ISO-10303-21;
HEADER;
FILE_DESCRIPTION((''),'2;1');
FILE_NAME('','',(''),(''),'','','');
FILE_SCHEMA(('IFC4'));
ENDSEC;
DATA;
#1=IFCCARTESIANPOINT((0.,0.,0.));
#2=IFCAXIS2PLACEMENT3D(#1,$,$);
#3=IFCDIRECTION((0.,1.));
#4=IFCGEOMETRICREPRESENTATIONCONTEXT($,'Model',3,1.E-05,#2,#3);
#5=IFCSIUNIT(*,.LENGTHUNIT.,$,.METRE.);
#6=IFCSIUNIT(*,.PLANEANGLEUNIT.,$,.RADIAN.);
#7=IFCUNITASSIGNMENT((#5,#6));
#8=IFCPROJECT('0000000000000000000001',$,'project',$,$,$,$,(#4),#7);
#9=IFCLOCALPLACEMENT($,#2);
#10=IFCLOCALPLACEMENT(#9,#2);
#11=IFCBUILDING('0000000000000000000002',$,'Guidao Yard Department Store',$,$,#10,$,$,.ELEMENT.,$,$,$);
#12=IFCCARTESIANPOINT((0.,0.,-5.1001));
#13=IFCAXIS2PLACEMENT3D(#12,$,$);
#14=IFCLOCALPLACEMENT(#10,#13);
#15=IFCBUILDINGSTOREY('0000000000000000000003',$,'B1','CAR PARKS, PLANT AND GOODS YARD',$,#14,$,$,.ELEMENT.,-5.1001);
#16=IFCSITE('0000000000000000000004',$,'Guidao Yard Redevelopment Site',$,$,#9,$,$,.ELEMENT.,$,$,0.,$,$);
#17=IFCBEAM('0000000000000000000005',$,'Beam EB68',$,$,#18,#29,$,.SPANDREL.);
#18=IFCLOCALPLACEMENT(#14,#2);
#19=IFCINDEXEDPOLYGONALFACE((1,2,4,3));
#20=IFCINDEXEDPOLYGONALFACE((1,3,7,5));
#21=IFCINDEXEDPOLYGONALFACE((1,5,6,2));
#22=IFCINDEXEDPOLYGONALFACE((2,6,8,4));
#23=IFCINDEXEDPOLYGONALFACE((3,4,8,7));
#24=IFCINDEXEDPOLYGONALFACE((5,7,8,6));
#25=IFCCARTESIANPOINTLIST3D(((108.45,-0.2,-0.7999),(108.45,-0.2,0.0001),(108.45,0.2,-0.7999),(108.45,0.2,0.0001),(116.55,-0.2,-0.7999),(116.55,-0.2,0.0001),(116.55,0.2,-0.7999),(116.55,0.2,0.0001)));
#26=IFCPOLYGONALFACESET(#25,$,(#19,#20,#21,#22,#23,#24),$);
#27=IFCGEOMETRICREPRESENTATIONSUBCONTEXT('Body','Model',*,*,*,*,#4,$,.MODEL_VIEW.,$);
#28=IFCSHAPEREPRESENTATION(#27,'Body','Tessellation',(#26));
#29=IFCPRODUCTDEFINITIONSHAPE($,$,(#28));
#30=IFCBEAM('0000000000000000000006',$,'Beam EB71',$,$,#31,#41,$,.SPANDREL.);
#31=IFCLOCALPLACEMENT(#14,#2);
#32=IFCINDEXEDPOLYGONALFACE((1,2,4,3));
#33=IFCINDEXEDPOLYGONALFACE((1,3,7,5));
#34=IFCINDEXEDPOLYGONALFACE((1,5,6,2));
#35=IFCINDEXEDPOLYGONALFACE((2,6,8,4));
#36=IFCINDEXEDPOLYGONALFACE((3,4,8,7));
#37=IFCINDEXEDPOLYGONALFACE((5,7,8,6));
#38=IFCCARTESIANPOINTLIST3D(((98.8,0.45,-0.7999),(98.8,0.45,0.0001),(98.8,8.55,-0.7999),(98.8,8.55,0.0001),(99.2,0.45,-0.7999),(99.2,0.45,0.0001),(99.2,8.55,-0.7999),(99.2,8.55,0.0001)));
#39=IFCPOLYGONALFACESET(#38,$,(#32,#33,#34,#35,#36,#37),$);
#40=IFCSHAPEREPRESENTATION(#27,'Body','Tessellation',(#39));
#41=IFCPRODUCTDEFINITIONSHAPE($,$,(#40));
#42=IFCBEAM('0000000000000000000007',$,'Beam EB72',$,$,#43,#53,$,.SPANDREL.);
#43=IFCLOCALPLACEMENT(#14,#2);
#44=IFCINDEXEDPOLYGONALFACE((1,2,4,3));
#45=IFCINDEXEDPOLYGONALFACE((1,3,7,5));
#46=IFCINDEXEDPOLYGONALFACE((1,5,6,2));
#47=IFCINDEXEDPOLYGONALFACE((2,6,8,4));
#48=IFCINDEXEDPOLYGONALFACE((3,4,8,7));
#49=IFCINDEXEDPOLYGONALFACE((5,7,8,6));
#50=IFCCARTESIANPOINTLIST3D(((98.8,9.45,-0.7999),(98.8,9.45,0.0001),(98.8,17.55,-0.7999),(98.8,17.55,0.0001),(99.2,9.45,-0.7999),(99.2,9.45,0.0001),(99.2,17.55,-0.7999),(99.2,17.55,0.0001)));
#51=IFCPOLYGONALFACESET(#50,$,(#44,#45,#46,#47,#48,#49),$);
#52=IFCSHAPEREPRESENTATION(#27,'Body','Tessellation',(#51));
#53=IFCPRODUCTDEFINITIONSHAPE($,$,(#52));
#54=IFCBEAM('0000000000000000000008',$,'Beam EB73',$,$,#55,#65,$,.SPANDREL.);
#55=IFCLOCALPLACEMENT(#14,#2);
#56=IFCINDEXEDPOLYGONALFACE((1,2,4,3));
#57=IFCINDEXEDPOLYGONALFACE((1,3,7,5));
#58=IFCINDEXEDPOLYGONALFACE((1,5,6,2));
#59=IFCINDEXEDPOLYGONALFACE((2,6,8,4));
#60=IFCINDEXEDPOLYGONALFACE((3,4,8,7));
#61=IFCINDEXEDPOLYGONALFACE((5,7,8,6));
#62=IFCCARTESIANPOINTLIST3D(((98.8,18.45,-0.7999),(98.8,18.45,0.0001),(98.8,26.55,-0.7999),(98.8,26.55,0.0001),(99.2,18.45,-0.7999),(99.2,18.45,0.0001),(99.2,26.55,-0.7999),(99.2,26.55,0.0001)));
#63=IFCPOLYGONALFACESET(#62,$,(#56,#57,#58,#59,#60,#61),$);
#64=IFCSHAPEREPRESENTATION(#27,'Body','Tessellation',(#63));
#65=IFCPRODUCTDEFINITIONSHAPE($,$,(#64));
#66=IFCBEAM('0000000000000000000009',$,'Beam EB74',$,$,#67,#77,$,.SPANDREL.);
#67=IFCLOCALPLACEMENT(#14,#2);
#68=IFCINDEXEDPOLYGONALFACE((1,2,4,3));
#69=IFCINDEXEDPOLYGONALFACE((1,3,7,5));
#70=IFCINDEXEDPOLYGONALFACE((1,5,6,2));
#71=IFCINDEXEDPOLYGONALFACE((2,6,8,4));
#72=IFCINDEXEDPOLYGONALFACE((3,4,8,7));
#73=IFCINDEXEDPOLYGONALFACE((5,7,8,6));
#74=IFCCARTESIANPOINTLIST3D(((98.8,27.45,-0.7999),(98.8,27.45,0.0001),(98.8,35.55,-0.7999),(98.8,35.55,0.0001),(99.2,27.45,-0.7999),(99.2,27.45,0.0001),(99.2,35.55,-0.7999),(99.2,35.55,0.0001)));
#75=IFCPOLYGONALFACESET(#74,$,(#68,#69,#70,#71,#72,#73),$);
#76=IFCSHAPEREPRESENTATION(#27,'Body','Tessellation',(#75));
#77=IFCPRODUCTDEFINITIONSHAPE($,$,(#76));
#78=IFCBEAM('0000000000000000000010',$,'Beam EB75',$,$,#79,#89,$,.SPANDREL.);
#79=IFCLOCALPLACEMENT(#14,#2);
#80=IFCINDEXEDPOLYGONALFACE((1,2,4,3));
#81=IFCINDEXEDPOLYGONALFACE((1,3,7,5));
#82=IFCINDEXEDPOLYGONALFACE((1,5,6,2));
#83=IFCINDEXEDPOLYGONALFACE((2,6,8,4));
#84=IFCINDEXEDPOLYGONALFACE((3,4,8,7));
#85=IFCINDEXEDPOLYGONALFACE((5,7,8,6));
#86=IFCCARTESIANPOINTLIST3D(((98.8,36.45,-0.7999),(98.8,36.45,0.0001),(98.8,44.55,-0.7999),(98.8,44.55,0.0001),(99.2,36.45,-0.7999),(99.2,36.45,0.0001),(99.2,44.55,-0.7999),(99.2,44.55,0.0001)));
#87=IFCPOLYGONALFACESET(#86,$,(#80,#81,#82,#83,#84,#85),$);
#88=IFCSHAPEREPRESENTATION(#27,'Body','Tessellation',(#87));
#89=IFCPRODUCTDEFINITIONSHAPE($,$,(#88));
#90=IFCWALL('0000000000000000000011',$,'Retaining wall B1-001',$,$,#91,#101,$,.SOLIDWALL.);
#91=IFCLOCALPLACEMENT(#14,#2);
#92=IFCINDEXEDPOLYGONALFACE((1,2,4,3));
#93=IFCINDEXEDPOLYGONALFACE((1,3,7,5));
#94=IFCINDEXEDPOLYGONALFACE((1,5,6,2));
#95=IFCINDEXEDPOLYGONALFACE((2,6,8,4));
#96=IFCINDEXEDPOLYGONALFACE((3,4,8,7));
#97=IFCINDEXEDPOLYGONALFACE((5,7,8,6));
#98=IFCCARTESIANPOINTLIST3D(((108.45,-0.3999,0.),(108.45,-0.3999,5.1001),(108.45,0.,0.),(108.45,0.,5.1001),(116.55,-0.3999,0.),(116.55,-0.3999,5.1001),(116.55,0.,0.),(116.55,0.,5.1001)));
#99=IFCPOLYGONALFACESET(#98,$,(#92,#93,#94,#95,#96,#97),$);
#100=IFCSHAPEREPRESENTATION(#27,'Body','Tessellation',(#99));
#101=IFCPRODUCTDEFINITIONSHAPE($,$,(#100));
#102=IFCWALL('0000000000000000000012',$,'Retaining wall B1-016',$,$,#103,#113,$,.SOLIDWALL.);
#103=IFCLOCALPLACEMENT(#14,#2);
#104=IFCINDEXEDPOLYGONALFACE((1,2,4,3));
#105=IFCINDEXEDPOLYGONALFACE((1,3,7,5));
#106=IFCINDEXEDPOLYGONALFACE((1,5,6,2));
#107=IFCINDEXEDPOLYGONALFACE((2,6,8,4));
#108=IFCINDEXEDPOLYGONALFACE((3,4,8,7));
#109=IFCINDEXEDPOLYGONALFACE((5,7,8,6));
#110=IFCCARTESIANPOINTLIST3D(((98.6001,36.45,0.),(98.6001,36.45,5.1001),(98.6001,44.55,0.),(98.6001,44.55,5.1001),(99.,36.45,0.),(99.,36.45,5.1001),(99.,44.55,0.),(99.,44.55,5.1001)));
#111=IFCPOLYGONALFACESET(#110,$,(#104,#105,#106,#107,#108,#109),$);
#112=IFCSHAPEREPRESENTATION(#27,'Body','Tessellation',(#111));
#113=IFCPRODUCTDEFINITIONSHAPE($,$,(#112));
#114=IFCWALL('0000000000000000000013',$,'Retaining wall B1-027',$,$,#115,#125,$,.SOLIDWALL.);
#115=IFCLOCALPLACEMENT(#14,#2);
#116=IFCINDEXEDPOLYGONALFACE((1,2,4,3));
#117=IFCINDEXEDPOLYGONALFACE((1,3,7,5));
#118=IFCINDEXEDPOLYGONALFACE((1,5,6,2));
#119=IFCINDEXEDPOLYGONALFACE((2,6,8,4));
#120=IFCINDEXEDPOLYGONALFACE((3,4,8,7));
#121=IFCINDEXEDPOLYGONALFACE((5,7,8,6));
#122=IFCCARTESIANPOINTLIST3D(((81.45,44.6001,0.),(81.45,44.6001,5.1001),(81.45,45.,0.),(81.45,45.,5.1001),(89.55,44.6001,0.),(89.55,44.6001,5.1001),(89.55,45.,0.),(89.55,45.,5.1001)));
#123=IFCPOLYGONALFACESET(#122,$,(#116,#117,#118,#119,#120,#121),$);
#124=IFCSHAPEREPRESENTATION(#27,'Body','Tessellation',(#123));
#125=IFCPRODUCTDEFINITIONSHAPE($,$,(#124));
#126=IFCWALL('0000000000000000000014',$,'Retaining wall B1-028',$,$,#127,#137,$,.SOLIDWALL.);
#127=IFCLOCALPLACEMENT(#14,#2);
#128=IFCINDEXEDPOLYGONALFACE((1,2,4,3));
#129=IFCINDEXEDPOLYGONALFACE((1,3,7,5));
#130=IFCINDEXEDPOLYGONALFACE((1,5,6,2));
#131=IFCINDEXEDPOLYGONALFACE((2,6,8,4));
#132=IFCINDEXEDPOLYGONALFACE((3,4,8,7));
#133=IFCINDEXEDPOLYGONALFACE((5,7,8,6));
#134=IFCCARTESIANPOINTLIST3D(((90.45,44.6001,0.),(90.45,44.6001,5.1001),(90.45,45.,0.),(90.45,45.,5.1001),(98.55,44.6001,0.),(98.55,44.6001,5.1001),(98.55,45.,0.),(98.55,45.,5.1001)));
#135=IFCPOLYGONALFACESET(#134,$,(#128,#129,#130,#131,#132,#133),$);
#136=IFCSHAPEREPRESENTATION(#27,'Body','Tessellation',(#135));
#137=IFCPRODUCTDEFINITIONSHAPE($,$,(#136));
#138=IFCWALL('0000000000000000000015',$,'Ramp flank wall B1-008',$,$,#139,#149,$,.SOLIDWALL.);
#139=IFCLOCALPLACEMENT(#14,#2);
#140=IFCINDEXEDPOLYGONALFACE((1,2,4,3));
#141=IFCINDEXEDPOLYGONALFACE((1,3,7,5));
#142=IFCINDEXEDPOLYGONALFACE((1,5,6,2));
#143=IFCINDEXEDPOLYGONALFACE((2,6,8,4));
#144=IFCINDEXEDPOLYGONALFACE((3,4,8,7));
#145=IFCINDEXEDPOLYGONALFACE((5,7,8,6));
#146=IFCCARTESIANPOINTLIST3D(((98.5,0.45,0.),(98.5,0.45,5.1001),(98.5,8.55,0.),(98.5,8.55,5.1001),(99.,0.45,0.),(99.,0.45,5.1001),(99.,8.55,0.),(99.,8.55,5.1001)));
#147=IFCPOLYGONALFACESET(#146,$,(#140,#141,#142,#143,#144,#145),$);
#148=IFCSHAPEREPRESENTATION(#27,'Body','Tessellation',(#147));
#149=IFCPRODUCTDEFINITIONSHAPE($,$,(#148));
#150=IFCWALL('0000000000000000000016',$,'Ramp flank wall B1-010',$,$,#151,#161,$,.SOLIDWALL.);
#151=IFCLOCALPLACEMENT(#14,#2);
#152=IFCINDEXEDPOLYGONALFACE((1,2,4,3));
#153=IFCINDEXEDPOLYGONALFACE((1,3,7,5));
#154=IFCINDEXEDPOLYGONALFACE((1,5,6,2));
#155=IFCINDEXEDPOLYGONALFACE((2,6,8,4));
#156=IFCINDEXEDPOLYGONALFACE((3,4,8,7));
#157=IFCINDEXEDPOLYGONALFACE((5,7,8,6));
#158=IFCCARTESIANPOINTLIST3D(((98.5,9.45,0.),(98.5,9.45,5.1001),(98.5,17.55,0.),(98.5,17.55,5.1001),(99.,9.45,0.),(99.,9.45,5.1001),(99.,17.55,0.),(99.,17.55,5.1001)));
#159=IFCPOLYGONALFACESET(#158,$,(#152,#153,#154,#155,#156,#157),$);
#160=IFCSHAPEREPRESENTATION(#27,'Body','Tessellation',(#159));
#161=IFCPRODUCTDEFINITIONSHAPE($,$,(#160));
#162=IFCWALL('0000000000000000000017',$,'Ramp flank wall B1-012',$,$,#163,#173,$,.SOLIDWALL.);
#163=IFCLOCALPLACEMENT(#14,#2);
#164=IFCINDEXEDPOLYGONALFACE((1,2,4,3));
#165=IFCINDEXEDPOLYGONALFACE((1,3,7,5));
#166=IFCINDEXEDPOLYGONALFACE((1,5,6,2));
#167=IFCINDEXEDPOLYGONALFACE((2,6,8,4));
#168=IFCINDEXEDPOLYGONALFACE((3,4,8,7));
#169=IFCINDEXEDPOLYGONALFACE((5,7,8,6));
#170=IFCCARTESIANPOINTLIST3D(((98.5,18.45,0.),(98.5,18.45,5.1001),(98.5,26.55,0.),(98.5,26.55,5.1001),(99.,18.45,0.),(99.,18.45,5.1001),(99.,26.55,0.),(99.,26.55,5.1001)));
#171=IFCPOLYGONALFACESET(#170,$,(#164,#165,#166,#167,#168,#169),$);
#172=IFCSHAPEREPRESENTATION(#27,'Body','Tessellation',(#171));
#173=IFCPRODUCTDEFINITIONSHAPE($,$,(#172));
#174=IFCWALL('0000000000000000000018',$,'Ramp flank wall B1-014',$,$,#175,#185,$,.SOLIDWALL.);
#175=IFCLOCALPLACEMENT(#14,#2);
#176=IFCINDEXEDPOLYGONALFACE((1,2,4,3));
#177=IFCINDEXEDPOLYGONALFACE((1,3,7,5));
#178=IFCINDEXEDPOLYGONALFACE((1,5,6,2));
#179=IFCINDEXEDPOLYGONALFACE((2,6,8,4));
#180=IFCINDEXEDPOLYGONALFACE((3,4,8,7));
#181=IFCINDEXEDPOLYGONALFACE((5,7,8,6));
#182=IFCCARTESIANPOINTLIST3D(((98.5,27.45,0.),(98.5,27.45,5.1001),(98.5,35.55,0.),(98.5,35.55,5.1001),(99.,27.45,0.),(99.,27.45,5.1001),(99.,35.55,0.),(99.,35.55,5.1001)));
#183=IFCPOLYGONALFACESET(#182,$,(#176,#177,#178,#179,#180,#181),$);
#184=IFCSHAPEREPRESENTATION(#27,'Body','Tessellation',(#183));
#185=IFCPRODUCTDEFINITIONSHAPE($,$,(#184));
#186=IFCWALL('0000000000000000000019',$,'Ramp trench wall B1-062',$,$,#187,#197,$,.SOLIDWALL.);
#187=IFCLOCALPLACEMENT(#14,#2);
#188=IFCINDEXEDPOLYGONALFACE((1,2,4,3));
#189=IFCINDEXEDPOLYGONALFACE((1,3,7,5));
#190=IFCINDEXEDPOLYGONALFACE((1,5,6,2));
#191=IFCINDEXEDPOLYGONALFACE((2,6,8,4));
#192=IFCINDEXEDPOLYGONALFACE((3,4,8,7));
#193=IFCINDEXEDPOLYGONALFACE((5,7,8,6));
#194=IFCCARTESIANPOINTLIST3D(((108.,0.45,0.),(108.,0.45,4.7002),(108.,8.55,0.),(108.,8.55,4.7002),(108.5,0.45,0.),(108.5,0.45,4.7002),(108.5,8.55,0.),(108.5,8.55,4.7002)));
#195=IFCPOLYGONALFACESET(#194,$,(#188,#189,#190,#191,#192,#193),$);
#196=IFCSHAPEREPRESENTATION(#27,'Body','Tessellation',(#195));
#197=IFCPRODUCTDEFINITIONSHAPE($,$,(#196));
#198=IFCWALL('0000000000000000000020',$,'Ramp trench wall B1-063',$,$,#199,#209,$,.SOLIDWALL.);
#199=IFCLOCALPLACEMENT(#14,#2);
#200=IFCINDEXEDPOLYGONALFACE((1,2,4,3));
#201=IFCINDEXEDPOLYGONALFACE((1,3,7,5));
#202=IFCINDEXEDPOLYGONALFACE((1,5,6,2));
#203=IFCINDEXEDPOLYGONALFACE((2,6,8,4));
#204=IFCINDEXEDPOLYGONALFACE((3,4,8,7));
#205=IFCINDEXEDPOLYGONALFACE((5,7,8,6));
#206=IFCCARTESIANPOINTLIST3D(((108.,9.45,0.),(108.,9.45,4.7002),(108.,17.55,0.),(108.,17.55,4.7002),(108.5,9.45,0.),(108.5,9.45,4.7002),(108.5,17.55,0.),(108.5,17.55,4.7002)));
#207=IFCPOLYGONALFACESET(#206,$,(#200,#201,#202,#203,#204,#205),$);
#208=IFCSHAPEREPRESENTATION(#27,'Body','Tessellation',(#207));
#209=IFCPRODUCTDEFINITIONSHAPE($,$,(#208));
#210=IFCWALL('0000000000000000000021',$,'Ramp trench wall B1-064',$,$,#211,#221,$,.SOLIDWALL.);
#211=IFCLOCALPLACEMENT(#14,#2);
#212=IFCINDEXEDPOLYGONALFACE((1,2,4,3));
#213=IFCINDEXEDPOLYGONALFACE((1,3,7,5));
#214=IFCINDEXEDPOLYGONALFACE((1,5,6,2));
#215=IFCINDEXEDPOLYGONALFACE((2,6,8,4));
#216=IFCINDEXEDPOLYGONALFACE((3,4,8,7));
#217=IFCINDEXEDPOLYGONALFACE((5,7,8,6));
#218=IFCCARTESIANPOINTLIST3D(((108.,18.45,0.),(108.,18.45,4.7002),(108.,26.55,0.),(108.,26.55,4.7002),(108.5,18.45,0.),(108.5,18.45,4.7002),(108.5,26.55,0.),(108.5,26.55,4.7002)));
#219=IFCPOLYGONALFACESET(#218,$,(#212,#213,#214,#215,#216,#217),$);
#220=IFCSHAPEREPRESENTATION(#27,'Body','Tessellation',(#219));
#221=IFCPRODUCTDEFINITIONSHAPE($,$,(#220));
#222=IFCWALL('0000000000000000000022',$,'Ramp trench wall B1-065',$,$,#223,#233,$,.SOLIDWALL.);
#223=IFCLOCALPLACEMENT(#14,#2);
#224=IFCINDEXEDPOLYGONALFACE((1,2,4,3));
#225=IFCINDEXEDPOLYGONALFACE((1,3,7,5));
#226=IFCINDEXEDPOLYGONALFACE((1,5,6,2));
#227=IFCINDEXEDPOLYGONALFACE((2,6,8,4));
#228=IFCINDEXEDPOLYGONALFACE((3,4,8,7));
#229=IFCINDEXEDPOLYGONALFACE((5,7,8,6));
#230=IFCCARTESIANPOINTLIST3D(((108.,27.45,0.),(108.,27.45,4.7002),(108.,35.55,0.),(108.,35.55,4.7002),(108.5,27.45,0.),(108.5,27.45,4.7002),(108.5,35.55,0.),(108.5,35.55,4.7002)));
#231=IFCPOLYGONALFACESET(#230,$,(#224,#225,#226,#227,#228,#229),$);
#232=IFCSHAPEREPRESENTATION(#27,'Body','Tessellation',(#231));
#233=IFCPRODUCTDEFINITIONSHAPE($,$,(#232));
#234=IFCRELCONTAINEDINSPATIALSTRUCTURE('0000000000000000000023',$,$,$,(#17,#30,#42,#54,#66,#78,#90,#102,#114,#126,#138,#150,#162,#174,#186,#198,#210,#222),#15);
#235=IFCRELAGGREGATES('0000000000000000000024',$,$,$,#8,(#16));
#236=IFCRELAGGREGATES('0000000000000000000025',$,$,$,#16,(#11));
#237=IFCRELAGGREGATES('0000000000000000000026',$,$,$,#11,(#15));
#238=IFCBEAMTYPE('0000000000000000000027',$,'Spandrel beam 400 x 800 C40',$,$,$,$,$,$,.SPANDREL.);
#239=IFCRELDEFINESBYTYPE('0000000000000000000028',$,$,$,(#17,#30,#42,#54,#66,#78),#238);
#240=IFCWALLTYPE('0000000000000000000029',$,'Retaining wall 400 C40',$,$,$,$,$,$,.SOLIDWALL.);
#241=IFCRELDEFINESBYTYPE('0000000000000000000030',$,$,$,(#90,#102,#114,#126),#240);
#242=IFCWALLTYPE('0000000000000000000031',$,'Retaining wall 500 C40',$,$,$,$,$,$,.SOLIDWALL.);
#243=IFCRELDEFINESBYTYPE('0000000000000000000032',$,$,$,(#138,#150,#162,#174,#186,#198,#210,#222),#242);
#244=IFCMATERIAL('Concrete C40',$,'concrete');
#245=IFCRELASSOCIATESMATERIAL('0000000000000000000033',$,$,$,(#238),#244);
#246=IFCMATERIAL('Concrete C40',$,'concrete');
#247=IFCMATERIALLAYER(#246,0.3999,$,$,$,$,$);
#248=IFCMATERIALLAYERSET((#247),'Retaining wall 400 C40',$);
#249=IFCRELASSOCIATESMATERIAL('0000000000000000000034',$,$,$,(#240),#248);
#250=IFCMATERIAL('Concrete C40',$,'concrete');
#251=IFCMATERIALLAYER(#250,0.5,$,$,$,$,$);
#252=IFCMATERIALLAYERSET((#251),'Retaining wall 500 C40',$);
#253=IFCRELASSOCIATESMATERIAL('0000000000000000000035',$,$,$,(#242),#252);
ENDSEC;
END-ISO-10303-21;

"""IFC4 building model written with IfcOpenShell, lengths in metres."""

from ifc_helpers import new_model, si_unit, direction, frame, frame_2d, origin, origin_2d, place, context, subcontext, project, spatial, rectangle, extrude, material, layer, layer_set, material_profile, profile_set, type_object, element, save


model = new_model("IFC4")

# Units and contexts
model_context = context("Model", 3, precision=1e-05, world=origin(), true_north=direction((0.0, 1.0)))
body_context = subcontext(model_context, "Body", "Model", "MODEL_VIEW")
ifc_project = project(units=[si_unit("LENGTHUNIT", "METRE"), si_unit("PLANEANGLEUNIT", "RADIAN")], contexts=[model_context])

# Site, building, storey
site_placement = place(None, origin())
site = spatial("IfcSite", under=ifc_project, at=site_placement, Name="Guidao Yard Redevelopment Site", CompositionType="ELEMENT", RefElevation=0.0)
building_placement = place(site_placement, origin())
building = spatial("IfcBuilding", under=site, at=building_placement, Name="Guidao Yard Department Store", CompositionType="ELEMENT")
storey_placement = place(building_placement, frame((0.0, 0.0, -5.1001)))
storey = spatial("IfcBuildingStorey", under=building, at=storey_placement, Name="B1", Description="CAR PARKS, PLANT AND GOODS YARD", CompositionType="ELEMENT", Elevation=-5.1001)

# Beams
ifc_material_1 = material(Name="Concrete C40", Category="concrete")
ifc_material_profile_1 = material_profile(ifc_material_1, rectangle(XDim=0.3999, YDim=0.8, at=origin_2d()), Name="Spandrel beam 400 x 800 C40")
ifc_profile_set_1 = profile_set([ifc_material_profile_1], Name="Concrete C40")
beam_type = type_object("IfcBeamType", Name="Spandrel beam 400 x 800 C40", PredefinedType="SPANDREL", material=ifc_profile_set_1)
for number, where, z_axis, x_axis, name in (
    (1, (108.45, 0.0, -0.3999), (1.0, 0.0, 0.0), (0.0, 1.0, 0.0), "Beam EB68"),
    (2, (99.0, 0.45, -0.3999), (0.0, 1.0, 0.0), (-1.0, 0.0, 0.0), "Beam EB71"),
    (3, (99.0, 9.45, -0.3999), (0.0, 1.0, 0.0), (-1.0, 0.0, 0.0), "Beam EB72"),
    (4, (99.0, 18.45, -0.3999), (0.0, 1.0, 0.0), (-1.0, 0.0, 0.0), "Beam EB73"),
    (5, (99.0, 27.45, -0.3999), (0.0, 1.0, 0.0), (-1.0, 0.0, 0.0), "Beam EB74"),
    (6, (99.0, 36.45, -0.3999), (0.0, 1.0, 0.0), (-1.0, 0.0, 0.0), "Beam EB75"),
):
    element("IfcBeam", number, at=place(storey_placement, frame(where, z_axis=z_axis, x_axis=x_axis)), inside=storey, type_object=beam_type, Name=name, PredefinedType="SPANDREL", context=body_context, shape_type="SweptSolid", body=[
        extrude(rectangle(XDim=0.3999, YDim=0.8, at=origin_2d()), origin(), (0.0, 0.0, 1.0), 8.1001),
    ])

# Walls
ifc_material_2 = material(Name="Concrete C40", Category="concrete")
ifc_layer_1 = layer(ifc_material_2, 0.3999)
ifc_layer_set_1 = layer_set([ifc_layer_1], Name="Retaining wall 400 C40")
wall_type_1 = type_object("IfcWallType", Name="Retaining wall 400 C40", PredefinedType="SOLIDWALL", material=ifc_layer_set_1)
for number, where, z_axis, x_axis, name in (
    (7, (108.45, -0.2, 0.0), (0.0, 0.0, 1.0), (1.0, 0.0, 0.0), "Retaining wall B1-001"),
    (8, (98.8, 36.45, 0.0), (0.0, 0.0, 1.0), (0.0, 1.0, 0.0), "Retaining wall B1-016"),
    (9, (81.45, 44.8, 0.0), (0.0, 0.0, 1.0), (1.0, 0.0, 0.0), "Retaining wall B1-027"),
    (10, (90.45, 44.8, 0.0), (0.0, 0.0, 1.0), (1.0, 0.0, 0.0), "Retaining wall B1-028"),
):
    element("IfcWall", number, at=place(storey_placement, frame(where, z_axis=z_axis, x_axis=x_axis)), inside=storey, type_object=wall_type_1, Name=name, PredefinedType="SOLIDWALL", context=body_context, shape_type="SweptSolid", body=[
        extrude(rectangle(XDim=8.1001, YDim=0.3999, at=frame_2d((4.05, 0.0))), origin(), (0.0, 0.0, 1.0), 5.1001),
    ])
ifc_material_3 = material(Name="Concrete C40", Category="concrete")
ifc_layer_2 = layer(ifc_material_3, 0.5)
ifc_layer_set_2 = layer_set([ifc_layer_2], Name="Retaining wall 500 C40")
wall_type_2 = type_object("IfcWallType", Name="Retaining wall 500 C40", PredefinedType="SOLIDWALL", material=ifc_layer_set_2)
for number, where, z_axis, x_axis, name in (
    (11, (98.75, 0.45, 0.0), (0.0, 0.0, 1.0), (0.0, 1.0, 0.0), "Ramp flank wall B1-008"),
    (12, (98.75, 9.45, 0.0), (0.0, 0.0, 1.0), (0.0, 1.0, 0.0), "Ramp flank wall B1-010"),
    (13, (98.75, 18.45, 0.0), (0.0, 0.0, 1.0), (0.0, 1.0, 0.0), "Ramp flank wall B1-012"),
    (14, (98.75, 27.45, 0.0), (0.0, 0.0, 1.0), (0.0, 1.0, 0.0), "Ramp flank wall B1-014"),
):
    element("IfcWall", number, at=place(storey_placement, frame(where, z_axis=z_axis, x_axis=x_axis)), inside=storey, type_object=wall_type_2, Name=name, PredefinedType="SOLIDWALL", context=body_context, shape_type="SweptSolid", body=[
        extrude(rectangle(XDim=8.1001, YDim=0.5, at=frame_2d((4.05, 0.0))), origin(), (0.0, 0.0, 1.0), 5.1001),
    ])
for number, where, z_axis, x_axis, name in (
    (15, (108.25, 0.45, 0.0), (0.0, 0.0, 1.0), (0.0, 1.0, 0.0), "Ramp trench wall B1-062"),
    (16, (108.25, 9.45, 0.0), (0.0, 0.0, 1.0), (0.0, 1.0, 0.0), "Ramp trench wall B1-063"),
    (17, (108.25, 18.45, 0.0), (0.0, 0.0, 1.0), (0.0, 1.0, 0.0), "Ramp trench wall B1-064"),
    (18, (108.25, 27.45, 0.0), (0.0, 0.0, 1.0), (0.0, 1.0, 0.0), "Ramp trench wall B1-065"),
):
    element("IfcWall", number, at=place(storey_placement, frame(where, z_axis=z_axis, x_axis=x_axis)), inside=storey, type_object=wall_type_2, Name=name, PredefinedType="SOLIDWALL", context=body_context, shape_type="SweptSolid", body=[
        extrude(rectangle(XDim=8.1001, YDim=0.5, at=frame_2d((4.05, 0.0))), origin(), (0.0, 0.0, 1.0), 4.7002),
    ])

save(model, "model.ifc")
